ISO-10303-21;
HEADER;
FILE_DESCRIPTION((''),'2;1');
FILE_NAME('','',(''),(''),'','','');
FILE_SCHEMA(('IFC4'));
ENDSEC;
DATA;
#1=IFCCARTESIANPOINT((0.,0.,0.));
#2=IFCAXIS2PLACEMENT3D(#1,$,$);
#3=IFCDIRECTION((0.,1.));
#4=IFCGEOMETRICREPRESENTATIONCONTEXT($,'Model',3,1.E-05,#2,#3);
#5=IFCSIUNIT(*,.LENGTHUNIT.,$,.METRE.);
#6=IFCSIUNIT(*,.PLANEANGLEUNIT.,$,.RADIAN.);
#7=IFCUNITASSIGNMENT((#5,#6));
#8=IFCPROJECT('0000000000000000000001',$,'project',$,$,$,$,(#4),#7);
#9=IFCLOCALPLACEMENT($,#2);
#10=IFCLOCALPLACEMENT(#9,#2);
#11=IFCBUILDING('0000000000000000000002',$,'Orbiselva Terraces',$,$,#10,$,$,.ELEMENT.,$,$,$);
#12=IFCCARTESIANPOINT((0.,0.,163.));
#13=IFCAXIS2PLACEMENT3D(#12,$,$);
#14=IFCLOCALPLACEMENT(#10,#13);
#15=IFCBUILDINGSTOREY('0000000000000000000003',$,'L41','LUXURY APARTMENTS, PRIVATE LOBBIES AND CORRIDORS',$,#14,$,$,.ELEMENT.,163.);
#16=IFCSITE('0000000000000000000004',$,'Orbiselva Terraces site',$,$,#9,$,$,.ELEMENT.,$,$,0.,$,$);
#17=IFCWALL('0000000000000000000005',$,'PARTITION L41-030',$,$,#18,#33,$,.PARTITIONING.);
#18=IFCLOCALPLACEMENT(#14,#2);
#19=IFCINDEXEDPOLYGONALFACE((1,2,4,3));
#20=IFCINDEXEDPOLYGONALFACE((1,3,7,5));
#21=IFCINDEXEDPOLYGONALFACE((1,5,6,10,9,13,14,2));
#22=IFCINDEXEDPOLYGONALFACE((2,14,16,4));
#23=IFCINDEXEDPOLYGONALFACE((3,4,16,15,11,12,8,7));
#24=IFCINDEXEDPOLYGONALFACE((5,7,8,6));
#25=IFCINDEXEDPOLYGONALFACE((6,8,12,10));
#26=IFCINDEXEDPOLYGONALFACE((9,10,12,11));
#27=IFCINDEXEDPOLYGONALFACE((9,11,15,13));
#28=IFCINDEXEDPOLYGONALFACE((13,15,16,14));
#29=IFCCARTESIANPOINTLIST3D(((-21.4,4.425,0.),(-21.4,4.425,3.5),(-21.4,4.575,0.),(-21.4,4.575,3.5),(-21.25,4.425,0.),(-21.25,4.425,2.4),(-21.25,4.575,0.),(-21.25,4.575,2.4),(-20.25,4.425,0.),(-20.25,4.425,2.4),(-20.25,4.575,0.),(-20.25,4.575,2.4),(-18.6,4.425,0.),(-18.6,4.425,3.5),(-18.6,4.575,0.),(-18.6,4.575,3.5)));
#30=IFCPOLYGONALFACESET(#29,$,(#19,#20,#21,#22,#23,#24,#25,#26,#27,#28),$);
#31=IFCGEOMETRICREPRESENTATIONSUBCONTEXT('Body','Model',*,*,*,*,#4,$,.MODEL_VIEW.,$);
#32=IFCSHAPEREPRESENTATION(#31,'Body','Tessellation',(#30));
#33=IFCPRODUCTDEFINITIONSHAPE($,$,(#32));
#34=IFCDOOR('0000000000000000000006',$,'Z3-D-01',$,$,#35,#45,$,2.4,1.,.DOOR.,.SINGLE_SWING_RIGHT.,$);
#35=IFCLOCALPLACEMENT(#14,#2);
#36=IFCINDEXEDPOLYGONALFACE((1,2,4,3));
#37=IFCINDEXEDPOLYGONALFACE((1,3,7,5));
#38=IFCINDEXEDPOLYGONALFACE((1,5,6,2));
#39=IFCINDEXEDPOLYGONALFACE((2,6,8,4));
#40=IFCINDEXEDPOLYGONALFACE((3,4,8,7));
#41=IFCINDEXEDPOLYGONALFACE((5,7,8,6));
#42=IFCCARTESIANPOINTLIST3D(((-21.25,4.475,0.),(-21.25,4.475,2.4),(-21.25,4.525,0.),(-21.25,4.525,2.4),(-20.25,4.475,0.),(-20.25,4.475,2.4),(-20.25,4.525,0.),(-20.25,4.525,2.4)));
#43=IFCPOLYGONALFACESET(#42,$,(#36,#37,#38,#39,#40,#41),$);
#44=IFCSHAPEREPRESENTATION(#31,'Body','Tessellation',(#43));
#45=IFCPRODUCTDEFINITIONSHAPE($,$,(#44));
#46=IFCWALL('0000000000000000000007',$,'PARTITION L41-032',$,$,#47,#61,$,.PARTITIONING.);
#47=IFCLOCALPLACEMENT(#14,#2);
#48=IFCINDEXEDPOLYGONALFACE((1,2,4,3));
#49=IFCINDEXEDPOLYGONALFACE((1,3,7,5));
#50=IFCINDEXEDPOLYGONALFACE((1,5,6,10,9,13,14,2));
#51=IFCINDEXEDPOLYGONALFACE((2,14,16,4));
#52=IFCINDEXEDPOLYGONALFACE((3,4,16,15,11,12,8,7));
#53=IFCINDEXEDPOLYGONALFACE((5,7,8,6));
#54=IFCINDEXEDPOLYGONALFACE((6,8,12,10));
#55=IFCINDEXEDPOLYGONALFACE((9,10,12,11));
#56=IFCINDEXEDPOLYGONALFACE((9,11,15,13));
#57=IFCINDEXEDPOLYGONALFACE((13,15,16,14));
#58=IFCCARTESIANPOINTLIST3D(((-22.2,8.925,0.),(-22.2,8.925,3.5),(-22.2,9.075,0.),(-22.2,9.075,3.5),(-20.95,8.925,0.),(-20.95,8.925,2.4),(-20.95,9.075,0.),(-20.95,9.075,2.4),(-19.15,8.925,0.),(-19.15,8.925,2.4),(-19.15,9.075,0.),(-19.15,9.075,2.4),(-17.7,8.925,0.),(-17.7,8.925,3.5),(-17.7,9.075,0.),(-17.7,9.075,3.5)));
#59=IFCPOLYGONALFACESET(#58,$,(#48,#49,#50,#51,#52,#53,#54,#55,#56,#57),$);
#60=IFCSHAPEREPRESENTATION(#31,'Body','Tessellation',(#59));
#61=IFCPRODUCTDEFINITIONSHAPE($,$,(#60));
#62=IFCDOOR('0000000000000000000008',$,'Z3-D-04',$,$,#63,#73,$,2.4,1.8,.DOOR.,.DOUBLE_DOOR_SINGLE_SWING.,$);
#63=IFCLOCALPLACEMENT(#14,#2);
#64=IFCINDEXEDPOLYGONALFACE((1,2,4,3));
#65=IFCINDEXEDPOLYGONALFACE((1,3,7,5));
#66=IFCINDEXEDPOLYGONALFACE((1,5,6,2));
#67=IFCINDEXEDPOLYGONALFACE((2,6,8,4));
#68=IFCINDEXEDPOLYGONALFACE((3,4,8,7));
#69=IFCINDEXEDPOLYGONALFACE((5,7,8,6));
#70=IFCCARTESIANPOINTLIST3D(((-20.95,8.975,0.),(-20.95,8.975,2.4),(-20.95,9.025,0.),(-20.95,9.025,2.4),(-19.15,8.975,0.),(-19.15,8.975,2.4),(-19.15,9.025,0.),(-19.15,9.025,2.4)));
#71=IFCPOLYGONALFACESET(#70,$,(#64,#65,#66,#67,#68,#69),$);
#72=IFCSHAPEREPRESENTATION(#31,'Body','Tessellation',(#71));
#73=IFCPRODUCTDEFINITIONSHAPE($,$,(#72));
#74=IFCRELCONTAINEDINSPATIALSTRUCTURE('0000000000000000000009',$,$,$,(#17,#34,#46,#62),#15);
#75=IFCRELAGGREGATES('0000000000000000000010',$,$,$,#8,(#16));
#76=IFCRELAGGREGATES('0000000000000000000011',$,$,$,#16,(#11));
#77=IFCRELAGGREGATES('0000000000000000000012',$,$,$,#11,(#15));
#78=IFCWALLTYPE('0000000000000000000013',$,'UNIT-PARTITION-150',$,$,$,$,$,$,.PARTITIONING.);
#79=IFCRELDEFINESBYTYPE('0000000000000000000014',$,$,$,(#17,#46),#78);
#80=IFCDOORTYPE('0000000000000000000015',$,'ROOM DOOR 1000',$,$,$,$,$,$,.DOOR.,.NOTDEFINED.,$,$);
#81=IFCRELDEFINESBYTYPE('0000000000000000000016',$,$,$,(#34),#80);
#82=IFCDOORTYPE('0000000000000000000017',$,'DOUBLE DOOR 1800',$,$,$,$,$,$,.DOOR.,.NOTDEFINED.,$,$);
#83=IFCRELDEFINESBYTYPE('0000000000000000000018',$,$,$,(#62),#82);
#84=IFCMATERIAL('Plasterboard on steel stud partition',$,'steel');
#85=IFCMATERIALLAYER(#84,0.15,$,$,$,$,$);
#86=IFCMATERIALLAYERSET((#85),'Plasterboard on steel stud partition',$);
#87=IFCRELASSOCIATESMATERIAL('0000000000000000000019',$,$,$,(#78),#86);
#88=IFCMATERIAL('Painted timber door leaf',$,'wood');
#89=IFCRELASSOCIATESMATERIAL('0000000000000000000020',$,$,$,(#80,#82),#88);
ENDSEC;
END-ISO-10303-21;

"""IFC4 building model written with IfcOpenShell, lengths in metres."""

from ifc_helpers import new_model, si_unit, direction, frame, frame_2d, origin, place, context, subcontext, project, spatial, rectangle, extrude, material, layer, layer_set, type_object, element, fill, save


model = new_model("IFC4")

# Units and contexts
model_context = context("Model", 3, precision=1e-05, world=origin(), true_north=direction((0.0, 1.0)))
body_context = subcontext(model_context, "Body", "Model", "MODEL_VIEW")
ifc_project = project(units=[si_unit("LENGTHUNIT", "METRE"), si_unit("PLANEANGLEUNIT", "RADIAN")], contexts=[model_context])

# Site, building, storey
site_placement = place(None, origin())
site = spatial("IfcSite", under=ifc_project, at=site_placement, Name="Orbiselva Terraces site", CompositionType="ELEMENT", RefElevation=0.0)
building_placement = place(site_placement, origin())
building = spatial("IfcBuilding", under=site, at=building_placement, Name="Orbiselva Terraces", CompositionType="ELEMENT")
storey_placement = place(building_placement, frame((0.0, 0.0, 163.0)))
storey = spatial("IfcBuildingStorey", under=building, at=storey_placement, Name="L41", Description="LUXURY APARTMENTS, PRIVATE LOBBIES AND CORRIDORS", CompositionType="ELEMENT", Elevation=163.0)

# Shared definitions
ifc_material_1 = material(Name="Plasterboard on steel stud partition", Category="steel")
ifc_material_2 = material(Name="Painted timber door leaf", Category="wood")

# Walls, openings, doors
ifc_layer_1 = layer(ifc_material_1, 0.15)
ifc_layer_set_1 = layer_set([ifc_layer_1], Name="Plasterboard on steel stud partition")
wall_type_1 = type_object("IfcWallType", Name="UNIT-PARTITION-150", PredefinedType="PARTITIONING", material=ifc_layer_set_1)
wall_1_placement = place(storey_placement, frame((-18.6, 4.5, 0.0), z_axis=(0.0, 0.0, 1.0), x_axis=(-1.0, 0.0, 0.0)))
wall_1 = element("IfcWall", 1, at=wall_1_placement, inside=storey, type_object=wall_type_1, Name="PARTITION L41-030", PredefinedType="PARTITIONING", context=body_context, shape_type="SweptSolid", body=[
    extrude(rectangle(XDim=2.8, YDim=0.15, at=frame_2d((1.4, 0.0))), origin(), (0.0, 0.0, 1.0), 3.5),
])
opening_1_placement = place(wall_1_placement, frame((1.65, 0.0, 0.0)))
opening_1 = element("IfcOpeningElement", 2, at=opening_1_placement, cuts=wall_1, PredefinedType="OPENING", context=body_context, shape_type="SweptSolid", body=[
    extrude(rectangle(XDim=1.0, YDim=2.4, at=frame_2d((0.5, 1.2))), frame((0.0, 0.085, 0.0), z_axis=(0.0, -1.0, 0.0), x_axis=(1.0, 0.0, 0.0)), (0.0, 0.0, 1.0), 0.17),
])
door_type_1 = type_object("IfcDoorType", Name="ROOM DOOR 1000", OperationType="NOTDEFINED", PredefinedType="DOOR", material=ifc_material_2)
door_1_placement = place(opening_1_placement, origin())
door_1 = element("IfcDoor", 3, at=door_1_placement, inside=storey, type_object=door_type_1, Name="Z3-D-01", OperationType="SINGLE_SWING_RIGHT", OverallHeight=2.4, OverallWidth=1.0, PredefinedType="DOOR", context=body_context, shape_type="SweptSolid", body=[
    extrude(rectangle(XDim=1.0, YDim=2.4, at=frame_2d((0.5, 1.2))), frame((0.0, 0.025, 0.0), z_axis=(0.0, -1.0, 0.0), x_axis=(1.0, 0.0, 0.0)), (0.0, 0.0, 1.0), 0.05),
])
fill(opening_1, door_1)
wall_2_placement = place(storey_placement, frame((-22.2, 9.0, 0.0), z_axis=(0.0, 0.0, 1.0), x_axis=(1.0, 0.0, 0.0)))
wall_2 = element("IfcWall", 4, at=wall_2_placement, inside=storey, type_object=wall_type_1, Name="PARTITION L41-032", PredefinedType="PARTITIONING", context=body_context, shape_type="SweptSolid", body=[
    extrude(rectangle(XDim=4.5, YDim=0.15, at=frame_2d((2.25, 0.0))), origin(), (0.0, 0.0, 1.0), 3.5),
])
opening_2_placement = place(wall_2_placement, frame((1.25, 0.0, 0.0)))
opening_2 = element("IfcOpeningElement", 5, at=opening_2_placement, cuts=wall_2, PredefinedType="OPENING", context=body_context, shape_type="SweptSolid", body=[
    extrude(rectangle(XDim=1.8, YDim=2.4, at=frame_2d((0.9, 1.2))), frame((0.0, 0.085, 0.0), z_axis=(0.0, -1.0, 0.0), x_axis=(1.0, 0.0, 0.0)), (0.0, 0.0, 1.0), 0.17),
])
door_type_2 = type_object("IfcDoorType", Name="DOUBLE DOOR 1800", OperationType="NOTDEFINED", PredefinedType="DOOR", material=ifc_material_2)
door_2_placement = place(opening_2_placement, origin())
door_2 = element("IfcDoor", 6, at=door_2_placement, inside=storey, type_object=door_type_2, Name="Z3-D-04", OperationType="DOUBLE_DOOR_SINGLE_SWING", OverallHeight=2.4, OverallWidth=1.8, PredefinedType="DOOR", context=body_context, shape_type="SweptSolid", body=[
    extrude(rectangle(XDim=1.8, YDim=2.4, at=frame_2d((0.9, 1.2))), frame((0.0, 0.025, 0.0), z_axis=(0.0, -1.0, 0.0), x_axis=(1.0, 0.0, 0.0)), (0.0, 0.0, 1.0), 0.05),
])
fill(opening_2, door_2)

save(model, "model.ifc")
